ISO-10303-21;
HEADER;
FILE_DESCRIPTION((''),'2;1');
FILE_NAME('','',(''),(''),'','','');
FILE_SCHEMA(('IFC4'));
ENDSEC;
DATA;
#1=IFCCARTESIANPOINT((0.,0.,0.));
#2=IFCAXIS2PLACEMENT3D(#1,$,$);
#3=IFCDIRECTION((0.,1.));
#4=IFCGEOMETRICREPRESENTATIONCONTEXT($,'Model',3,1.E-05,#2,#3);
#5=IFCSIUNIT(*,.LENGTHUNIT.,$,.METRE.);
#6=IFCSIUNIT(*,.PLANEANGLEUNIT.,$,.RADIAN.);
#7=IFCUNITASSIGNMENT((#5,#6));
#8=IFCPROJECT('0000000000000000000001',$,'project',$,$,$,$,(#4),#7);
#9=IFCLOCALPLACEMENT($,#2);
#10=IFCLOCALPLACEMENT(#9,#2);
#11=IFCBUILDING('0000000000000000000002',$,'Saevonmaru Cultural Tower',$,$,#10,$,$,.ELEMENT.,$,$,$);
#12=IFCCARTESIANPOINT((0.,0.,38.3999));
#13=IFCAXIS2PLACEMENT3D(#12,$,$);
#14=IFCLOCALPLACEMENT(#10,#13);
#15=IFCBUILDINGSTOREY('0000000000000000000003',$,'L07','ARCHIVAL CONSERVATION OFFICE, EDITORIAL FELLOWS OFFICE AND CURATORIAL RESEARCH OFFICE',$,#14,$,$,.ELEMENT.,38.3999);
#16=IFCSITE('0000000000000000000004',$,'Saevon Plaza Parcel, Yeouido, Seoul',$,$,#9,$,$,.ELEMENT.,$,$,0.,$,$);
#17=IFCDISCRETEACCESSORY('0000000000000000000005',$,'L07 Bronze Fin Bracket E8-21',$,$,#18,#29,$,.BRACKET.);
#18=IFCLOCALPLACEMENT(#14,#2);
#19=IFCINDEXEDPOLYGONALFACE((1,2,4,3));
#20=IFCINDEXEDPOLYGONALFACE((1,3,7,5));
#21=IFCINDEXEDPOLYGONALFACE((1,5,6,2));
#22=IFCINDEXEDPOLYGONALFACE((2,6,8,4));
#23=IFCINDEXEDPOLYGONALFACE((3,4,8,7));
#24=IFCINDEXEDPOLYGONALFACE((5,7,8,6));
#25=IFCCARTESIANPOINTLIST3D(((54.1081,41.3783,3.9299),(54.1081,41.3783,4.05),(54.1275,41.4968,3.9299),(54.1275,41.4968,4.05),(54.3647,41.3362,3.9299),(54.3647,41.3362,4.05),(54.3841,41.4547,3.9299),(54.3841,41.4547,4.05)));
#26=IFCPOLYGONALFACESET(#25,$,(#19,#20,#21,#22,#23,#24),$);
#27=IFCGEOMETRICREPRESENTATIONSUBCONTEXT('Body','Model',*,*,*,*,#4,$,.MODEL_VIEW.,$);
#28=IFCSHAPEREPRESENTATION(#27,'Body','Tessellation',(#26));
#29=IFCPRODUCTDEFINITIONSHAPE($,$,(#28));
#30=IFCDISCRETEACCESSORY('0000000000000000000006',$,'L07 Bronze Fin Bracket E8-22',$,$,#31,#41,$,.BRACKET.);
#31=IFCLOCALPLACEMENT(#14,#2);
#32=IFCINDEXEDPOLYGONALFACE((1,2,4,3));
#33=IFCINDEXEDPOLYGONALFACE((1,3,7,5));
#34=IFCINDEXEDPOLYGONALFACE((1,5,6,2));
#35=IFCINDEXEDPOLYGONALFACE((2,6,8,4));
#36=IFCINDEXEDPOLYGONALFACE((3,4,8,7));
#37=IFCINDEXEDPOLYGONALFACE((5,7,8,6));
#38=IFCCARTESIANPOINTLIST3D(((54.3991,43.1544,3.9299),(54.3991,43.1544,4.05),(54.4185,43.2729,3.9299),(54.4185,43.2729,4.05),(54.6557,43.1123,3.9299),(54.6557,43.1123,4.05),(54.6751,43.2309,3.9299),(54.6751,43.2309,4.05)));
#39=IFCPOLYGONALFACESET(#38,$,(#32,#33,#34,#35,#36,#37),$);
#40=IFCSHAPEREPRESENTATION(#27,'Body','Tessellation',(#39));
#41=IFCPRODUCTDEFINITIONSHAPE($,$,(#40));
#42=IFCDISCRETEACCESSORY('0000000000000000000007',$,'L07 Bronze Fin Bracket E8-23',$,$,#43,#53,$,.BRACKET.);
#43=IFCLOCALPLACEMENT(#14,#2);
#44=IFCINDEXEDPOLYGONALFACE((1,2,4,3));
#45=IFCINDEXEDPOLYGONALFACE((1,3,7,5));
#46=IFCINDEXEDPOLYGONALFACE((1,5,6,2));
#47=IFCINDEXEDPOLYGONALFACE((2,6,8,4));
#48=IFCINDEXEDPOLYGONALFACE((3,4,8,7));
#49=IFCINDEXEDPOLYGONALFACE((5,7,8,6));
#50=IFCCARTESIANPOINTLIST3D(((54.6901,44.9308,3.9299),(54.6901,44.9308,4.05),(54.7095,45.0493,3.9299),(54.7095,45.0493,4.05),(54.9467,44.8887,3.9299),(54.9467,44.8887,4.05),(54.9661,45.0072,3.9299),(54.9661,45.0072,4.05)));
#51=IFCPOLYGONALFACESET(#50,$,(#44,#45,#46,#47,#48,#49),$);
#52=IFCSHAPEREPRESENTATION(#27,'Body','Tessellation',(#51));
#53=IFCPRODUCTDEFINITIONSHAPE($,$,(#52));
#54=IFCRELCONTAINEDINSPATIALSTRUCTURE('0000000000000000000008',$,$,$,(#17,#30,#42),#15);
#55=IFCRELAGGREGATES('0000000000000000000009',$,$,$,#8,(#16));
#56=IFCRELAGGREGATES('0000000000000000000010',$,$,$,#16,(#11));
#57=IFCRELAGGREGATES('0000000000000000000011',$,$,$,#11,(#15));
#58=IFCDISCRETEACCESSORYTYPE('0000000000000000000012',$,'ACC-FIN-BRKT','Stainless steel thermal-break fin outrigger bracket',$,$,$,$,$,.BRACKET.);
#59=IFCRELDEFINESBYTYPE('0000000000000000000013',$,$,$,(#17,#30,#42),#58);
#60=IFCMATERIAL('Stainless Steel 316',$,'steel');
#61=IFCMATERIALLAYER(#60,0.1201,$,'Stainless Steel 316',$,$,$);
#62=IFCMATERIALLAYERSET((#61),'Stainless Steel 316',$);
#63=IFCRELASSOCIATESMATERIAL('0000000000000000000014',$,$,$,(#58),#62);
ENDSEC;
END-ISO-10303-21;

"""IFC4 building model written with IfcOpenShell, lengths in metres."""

from ifc_helpers import new_model, si_unit, direction, frame, origin, origin_2d, place, context, subcontext, project, spatial, rectangle, extrude, material, layer, layer_set, type_object, element, save


model = new_model("IFC4")

# Units and contexts
model_context = context("Model", 3, precision=1e-05, world=origin(), true_north=direction((0.0, 1.0)))
body_context = subcontext(model_context, "Body", "Model", "MODEL_VIEW")
ifc_project = project(units=[si_unit("LENGTHUNIT", "METRE"), si_unit("PLANEANGLEUNIT", "RADIAN")], contexts=[model_context])

# Site, building, storey
site_placement = place(None, origin())
site = spatial("IfcSite", under=ifc_project, at=site_placement, Name="Saevon Plaza Parcel, Yeouido, Seoul", CompositionType="ELEMENT", RefElevation=0.0)
building_placement = place(site_placement, origin())
building = spatial("IfcBuilding", under=site, at=building_placement, Name="Saevonmaru Cultural Tower", CompositionType="ELEMENT")
storey_placement = place(building_placement, frame((0.0, 0.0, 38.3999)))
storey = spatial("IfcBuildingStorey", under=building, at=storey_placement, Name="L07", Description="ARCHIVAL CONSERVATION OFFICE, EDITORIAL FELLOWS OFFICE AND CURATORIAL RESEARCH OFFICE", CompositionType="ELEMENT", Elevation=38.3999)

# Discrete accessories
ifc_material_1 = material(Name="Stainless Steel 316", Category="steel")
ifc_layer_1 = layer(ifc_material_1, 0.1201, Name="Stainless Steel 316")
ifc_layer_set_1 = layer_set([ifc_layer_1], Name="Stainless Steel 316")
discrete_accessory_type = type_object("IfcDiscreteAccessoryType", Name="ACC-FIN-BRKT", Description="Stainless steel thermal-break fin outrigger bracket", PredefinedType="BRACKET", material=ifc_layer_set_1)
for number, where, z_axis, x_axis, name in (
    (1, (54.2461, 41.4165, 3.9299), (0.0, 0.0, 1.0), (0.986827, -0.161776, 0.0), "L07 Bronze Fin Bracket E8-21"),
    (2, (54.5371, 43.1926, 3.9299), (0.0, 0.0, 1.0), (0.986827, -0.161776, 0.0), "L07 Bronze Fin Bracket E8-22"),
    (3, (54.8281, 44.969, 3.9299), (0.0, 0.0, 1.0), (0.986827, -0.161776, 0.0), "L07 Bronze Fin Bracket E8-23"),
):
    element("IfcDiscreteAccessory", number, at=place(storey_placement, frame(where, z_axis=z_axis, x_axis=x_axis)), inside=storey, type_object=discrete_accessory_type, Name=name, PredefinedType="BRACKET", context=body_context, shape_type="SweptSolid", body=[
        extrude(rectangle(XDim=0.26, YDim=0.1201, at=origin_2d()), origin(), (0.0, 0.0, 1.0), 0.1201),
    ])

save(model, "model.ifc")
